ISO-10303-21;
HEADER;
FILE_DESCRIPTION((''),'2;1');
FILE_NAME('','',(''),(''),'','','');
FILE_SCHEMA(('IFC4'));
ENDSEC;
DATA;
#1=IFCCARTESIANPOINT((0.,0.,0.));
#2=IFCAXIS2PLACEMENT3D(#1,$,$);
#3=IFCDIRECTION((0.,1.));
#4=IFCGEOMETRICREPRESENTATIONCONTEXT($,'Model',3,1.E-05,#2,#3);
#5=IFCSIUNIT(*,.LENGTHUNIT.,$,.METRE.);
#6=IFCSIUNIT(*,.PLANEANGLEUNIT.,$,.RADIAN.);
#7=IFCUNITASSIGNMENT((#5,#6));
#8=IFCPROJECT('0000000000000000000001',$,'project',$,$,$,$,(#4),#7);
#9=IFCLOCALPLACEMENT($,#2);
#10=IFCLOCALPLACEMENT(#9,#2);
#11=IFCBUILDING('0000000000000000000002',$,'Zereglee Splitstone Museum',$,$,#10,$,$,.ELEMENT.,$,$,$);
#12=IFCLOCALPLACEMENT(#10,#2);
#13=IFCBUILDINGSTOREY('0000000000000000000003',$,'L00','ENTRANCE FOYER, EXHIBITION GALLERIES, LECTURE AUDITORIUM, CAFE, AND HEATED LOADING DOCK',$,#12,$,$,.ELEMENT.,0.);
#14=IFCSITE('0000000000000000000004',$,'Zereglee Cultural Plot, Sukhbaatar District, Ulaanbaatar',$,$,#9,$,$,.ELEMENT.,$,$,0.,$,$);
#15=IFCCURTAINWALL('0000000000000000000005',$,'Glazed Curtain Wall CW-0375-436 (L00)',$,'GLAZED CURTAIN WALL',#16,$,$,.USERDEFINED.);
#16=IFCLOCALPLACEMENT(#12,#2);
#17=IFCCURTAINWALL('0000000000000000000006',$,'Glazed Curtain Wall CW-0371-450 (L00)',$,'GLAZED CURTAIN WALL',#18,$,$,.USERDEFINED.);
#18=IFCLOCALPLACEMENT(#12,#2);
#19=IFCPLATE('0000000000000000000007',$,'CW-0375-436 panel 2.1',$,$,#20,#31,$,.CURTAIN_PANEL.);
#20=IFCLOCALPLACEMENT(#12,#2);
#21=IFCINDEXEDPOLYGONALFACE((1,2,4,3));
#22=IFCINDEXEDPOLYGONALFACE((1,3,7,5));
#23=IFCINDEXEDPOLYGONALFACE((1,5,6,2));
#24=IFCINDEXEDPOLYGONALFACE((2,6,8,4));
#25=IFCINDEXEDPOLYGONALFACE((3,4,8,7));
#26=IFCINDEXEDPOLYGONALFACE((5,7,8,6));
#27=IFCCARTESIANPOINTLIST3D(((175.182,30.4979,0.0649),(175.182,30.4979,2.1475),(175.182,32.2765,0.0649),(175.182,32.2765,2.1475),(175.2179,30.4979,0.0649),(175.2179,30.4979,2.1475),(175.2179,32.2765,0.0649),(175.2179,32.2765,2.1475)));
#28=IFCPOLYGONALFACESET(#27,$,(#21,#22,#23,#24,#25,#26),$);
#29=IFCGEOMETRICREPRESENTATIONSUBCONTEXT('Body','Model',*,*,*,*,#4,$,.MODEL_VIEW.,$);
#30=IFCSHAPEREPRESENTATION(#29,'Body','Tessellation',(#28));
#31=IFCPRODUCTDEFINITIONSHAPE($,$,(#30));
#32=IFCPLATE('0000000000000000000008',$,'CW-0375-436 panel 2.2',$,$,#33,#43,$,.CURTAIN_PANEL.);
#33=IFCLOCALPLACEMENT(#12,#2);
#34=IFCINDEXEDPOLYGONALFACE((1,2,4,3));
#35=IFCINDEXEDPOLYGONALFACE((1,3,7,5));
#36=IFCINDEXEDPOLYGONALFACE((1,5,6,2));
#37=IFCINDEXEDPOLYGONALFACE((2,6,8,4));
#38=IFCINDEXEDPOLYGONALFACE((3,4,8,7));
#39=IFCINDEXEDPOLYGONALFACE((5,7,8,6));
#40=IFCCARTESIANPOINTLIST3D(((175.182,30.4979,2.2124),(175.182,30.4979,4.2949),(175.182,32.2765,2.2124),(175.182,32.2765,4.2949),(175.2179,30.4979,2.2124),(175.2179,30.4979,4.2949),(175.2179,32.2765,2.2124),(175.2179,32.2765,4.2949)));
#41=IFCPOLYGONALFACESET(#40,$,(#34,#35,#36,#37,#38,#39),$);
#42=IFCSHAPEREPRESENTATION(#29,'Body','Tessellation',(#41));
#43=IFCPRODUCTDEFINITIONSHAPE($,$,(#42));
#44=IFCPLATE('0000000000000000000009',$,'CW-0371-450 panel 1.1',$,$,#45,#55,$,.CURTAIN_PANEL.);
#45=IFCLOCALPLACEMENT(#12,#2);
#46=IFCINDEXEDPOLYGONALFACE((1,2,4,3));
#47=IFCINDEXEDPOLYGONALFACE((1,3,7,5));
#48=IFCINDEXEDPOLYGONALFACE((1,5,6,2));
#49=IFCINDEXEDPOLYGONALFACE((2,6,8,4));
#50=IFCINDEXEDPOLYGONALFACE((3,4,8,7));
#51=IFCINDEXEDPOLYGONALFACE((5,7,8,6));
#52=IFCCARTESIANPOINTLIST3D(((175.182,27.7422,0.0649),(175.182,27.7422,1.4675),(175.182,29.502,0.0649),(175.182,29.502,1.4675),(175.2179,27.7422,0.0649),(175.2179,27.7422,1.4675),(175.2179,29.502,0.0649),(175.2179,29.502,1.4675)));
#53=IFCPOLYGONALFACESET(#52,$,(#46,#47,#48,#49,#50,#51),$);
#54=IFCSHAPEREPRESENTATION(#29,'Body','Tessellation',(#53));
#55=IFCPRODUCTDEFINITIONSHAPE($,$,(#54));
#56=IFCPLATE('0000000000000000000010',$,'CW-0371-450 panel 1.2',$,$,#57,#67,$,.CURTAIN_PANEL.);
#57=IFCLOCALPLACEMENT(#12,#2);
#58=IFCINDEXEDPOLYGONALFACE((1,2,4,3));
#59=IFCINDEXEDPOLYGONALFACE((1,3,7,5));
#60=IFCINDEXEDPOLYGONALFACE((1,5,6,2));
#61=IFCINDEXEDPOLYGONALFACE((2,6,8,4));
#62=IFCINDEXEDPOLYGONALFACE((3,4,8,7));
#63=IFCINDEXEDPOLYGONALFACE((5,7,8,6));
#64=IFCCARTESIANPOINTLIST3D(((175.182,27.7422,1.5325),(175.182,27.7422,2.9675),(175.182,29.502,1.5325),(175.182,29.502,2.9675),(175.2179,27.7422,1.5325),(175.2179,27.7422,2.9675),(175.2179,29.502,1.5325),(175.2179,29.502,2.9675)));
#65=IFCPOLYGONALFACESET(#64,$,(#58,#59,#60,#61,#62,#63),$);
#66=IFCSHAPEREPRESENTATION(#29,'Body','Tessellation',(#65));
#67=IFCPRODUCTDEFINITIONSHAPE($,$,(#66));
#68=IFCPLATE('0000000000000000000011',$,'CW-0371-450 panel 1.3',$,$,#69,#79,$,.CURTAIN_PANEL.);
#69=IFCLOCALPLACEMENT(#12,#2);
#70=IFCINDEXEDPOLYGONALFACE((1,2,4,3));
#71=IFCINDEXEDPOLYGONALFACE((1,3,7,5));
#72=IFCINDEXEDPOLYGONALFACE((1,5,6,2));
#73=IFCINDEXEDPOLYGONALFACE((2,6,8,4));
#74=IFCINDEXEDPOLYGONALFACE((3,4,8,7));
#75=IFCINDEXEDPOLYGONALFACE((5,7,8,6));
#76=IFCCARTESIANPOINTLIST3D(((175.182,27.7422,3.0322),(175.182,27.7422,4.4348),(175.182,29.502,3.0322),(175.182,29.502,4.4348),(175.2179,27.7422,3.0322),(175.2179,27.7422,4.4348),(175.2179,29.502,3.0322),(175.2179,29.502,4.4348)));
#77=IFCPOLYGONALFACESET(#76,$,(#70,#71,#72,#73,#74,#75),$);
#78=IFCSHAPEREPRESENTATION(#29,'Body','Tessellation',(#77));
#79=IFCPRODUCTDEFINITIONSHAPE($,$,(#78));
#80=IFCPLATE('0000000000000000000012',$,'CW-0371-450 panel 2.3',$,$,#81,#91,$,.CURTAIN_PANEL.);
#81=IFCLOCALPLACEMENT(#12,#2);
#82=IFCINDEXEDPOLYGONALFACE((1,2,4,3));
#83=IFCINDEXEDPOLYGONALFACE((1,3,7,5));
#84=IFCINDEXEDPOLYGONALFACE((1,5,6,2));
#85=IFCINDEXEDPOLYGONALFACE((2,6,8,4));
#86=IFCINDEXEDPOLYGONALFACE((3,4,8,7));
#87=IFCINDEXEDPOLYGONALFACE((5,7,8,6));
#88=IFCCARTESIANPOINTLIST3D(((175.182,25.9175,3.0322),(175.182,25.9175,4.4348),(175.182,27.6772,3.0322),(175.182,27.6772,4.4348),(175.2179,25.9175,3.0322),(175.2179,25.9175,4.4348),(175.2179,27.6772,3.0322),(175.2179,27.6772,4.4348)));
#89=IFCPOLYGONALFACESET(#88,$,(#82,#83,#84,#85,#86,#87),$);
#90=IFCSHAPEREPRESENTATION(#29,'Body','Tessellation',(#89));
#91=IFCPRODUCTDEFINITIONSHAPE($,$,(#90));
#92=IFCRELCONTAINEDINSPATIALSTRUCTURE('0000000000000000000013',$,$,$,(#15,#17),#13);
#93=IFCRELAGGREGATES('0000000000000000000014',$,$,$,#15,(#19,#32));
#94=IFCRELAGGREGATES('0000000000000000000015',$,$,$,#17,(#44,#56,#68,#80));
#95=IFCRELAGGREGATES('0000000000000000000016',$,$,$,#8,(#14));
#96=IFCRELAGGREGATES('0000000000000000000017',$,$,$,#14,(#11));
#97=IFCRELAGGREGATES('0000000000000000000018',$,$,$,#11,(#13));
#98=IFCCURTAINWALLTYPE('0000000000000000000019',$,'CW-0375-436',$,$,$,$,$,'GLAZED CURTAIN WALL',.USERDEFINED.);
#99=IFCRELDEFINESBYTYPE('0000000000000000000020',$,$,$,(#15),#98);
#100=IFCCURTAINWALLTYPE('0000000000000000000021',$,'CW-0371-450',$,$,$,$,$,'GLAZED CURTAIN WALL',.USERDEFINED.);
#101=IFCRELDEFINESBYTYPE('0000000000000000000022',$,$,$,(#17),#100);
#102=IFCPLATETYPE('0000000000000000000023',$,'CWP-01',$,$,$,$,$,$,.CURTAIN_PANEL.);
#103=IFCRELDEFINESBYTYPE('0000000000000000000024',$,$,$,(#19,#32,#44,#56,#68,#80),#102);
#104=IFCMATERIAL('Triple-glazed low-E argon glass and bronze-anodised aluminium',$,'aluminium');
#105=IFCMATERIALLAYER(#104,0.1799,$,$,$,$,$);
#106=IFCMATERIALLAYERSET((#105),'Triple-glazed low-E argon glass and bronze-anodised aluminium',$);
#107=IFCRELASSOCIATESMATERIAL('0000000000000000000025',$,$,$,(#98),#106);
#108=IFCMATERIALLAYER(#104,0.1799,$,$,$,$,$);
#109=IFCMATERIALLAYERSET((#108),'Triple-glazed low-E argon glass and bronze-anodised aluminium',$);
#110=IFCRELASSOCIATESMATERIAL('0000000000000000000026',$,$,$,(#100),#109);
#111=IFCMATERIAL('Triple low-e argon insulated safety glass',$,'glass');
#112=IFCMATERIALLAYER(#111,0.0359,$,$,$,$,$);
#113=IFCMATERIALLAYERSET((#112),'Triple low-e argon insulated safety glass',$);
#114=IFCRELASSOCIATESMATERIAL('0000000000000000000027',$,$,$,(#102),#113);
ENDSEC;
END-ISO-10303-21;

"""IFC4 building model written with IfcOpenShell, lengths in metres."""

from ifc_helpers import new_model, si_unit, direction, frame, origin, origin_2d, place, context, subcontext, project, spatial, rectangle, extrude, material, layer, layer_set, type_object, element, aggregate, save


model = new_model("IFC4")

# Units and contexts
model_context = context("Model", 3, precision=1e-05, world=origin(), true_north=direction((0.0, 1.0)))
body_context = subcontext(model_context, "Body", "Model", "MODEL_VIEW")
ifc_project = project(units=[si_unit("LENGTHUNIT", "METRE"), si_unit("PLANEANGLEUNIT", "RADIAN")], contexts=[model_context])

# Site, building, storey
site_placement = place(None, origin())
site = spatial("IfcSite", under=ifc_project, at=site_placement, Name="Zereglee Cultural Plot, Sukhbaatar District, Ulaanbaatar", CompositionType="ELEMENT", RefElevation=0.0)
building_placement = place(site_placement, origin())
building = spatial("IfcBuilding", under=site, at=building_placement, Name="Zereglee Splitstone Museum", CompositionType="ELEMENT")
storey_placement = place(building_placement, origin())
storey = spatial("IfcBuildingStorey", under=building, at=storey_placement, Name="L00", Description="ENTRANCE FOYER, EXHIBITION GALLERIES, LECTURE AUDITORIUM, CAFE, AND HEATED LOADING DOCK", CompositionType="ELEMENT", Elevation=0.0)

# Curtain wall
ifc_material_1 = material(Name="Triple-glazed low-E argon glass and bronze-anodised aluminium", Category="aluminium")
ifc_layer_1 = layer(ifc_material_1, 0.1799)
ifc_layer_set_1 = layer_set([ifc_layer_1], Name="Triple-glazed low-E argon glass and bronze-anodised aluminium")
curtain_wall_type_1 = type_object("IfcCurtainWallType", Name="CW-0375-436", ElementType="GLAZED CURTAIN WALL", PredefinedType="USERDEFINED", material=ifc_layer_set_1)
curtain_wall_1_placement = place(storey_placement, origin())
curtain_wall_1 = element("IfcCurtainWall", 1, at=curtain_wall_1_placement, inside=storey, type_object=curtain_wall_type_1, Name="Glazed Curtain Wall CW-0375-436 (L00)", ObjectType="GLAZED CURTAIN WALL", PredefinedType="USERDEFINED")

# Curtain wall
ifc_layer_2 = layer(ifc_material_1, 0.1799)
ifc_layer_set_2 = layer_set([ifc_layer_2], Name="Triple-glazed low-E argon glass and bronze-anodised aluminium")
curtain_wall_type_2 = type_object("IfcCurtainWallType", Name="CW-0371-450", ElementType="GLAZED CURTAIN WALL", PredefinedType="USERDEFINED", material=ifc_layer_set_2)
curtain_wall_2_placement = place(storey_placement, origin())
curtain_wall_2 = element("IfcCurtainWall", 2, at=curtain_wall_2_placement, inside=storey, type_object=curtain_wall_type_2, Name="Glazed Curtain Wall CW-0371-450 (L00)", ObjectType="GLAZED CURTAIN WALL", PredefinedType="USERDEFINED")

# Plates
ifc_material_2 = material(Name="Triple low-e argon insulated safety glass", Category="glass")
ifc_layer_3 = layer(ifc_material_2, 0.0359)
ifc_layer_set_3 = layer_set([ifc_layer_3], Name="Triple low-e argon insulated safety glass")
plate_type = type_object("IfcPlateType", Name="CWP-01", PredefinedType="CURTAIN_PANEL", material=ifc_layer_set_3)
plate_1_placement = place(storey_placement, frame((175.2, 31.3872, 0.0649), z_axis=(0.0, 0.0, 1.0), x_axis=(0.0, -1.0, 0.0)))
plate_1 = element("IfcPlate", 3, at=plate_1_placement, type_object=plate_type, Name="CW-0375-436 panel 2.1", PredefinedType="CURTAIN_PANEL", context=body_context, shape_type="SweptSolid", body=[
    extrude(rectangle(XDim=1.7786, YDim=0.0359, at=origin_2d()), origin(), (0.0, 0.0, 1.0), 2.0825),
])
plate_2_placement = place(storey_placement, frame((175.2, 31.3872, 2.2124), z_axis=(0.0, 0.0, 1.0), x_axis=(0.0, -1.0, 0.0)))
plate_2 = element("IfcPlate", 4, at=plate_2_placement, type_object=plate_type, Name="CW-0375-436 panel 2.2", PredefinedType="CURTAIN_PANEL", context=body_context, shape_type="SweptSolid", body=[
    extrude(rectangle(XDim=1.7786, YDim=0.0359, at=origin_2d()), origin(), (0.0, 0.0, 1.0), 2.0825),
])
aggregate(curtain_wall_1, [plate_1, plate_2])
plate_3_placement = place(storey_placement, frame((175.2, 28.6221, 0.0649), z_axis=(0.0, 0.0, 1.0), x_axis=(0.0, -1.0, 0.0)))
plate_3 = element("IfcPlate", 5, at=plate_3_placement, type_object=plate_type, Name="CW-0371-450 panel 1.1", PredefinedType="CURTAIN_PANEL", context=body_context, shape_type="SweptSolid", body=[
    extrude(rectangle(XDim=1.7598, YDim=0.0359, at=origin_2d()), origin(), (0.0, 0.0, 1.0), 1.4026),
])
plate_4_placement = place(storey_placement, frame((175.2, 28.6221, 1.5325), z_axis=(0.0, 0.0, 1.0), x_axis=(0.0, -1.0, 0.0)))
plate_4 = element("IfcPlate", 6, at=plate_4_placement, type_object=plate_type, Name="CW-0371-450 panel 1.2", PredefinedType="CURTAIN_PANEL", context=body_context, shape_type="SweptSolid", body=[
    extrude(rectangle(XDim=1.7598, YDim=0.0359, at=origin_2d()), origin(), (0.0, 0.0, 1.0), 1.4351),
])
plate_5_placement = place(storey_placement, frame((175.2, 28.6221, 3.0322), z_axis=(0.0, 0.0, 1.0), x_axis=(0.0, -1.0, 0.0)))
plate_5 = element("IfcPlate", 7, at=plate_5_placement, type_object=plate_type, Name="CW-0371-450 panel 1.3", PredefinedType="CURTAIN_PANEL", context=body_context, shape_type="SweptSolid", body=[
    extrude(rectangle(XDim=1.7598, YDim=0.0359, at=origin_2d()), origin(), (0.0, 0.0, 1.0), 1.4026),
])
plate_6_placement = place(storey_placement, frame((175.2, 26.7974, 3.0322), z_axis=(0.0, 0.0, 1.0), x_axis=(0.0, -1.0, 0.0)))
plate_6 = element("IfcPlate", 8, at=plate_6_placement, type_object=plate_type, Name="CW-0371-450 panel 2.3", PredefinedType="CURTAIN_PANEL", context=body_context, shape_type="SweptSolid", body=[
    extrude(rectangle(XDim=1.7598, YDim=0.0359, at=origin_2d()), origin(), (0.0, 0.0, 1.0), 1.4026),
])
aggregate(curtain_wall_2, [plate_3, plate_4, plate_5, plate_6])

save(model, "model.ifc")
